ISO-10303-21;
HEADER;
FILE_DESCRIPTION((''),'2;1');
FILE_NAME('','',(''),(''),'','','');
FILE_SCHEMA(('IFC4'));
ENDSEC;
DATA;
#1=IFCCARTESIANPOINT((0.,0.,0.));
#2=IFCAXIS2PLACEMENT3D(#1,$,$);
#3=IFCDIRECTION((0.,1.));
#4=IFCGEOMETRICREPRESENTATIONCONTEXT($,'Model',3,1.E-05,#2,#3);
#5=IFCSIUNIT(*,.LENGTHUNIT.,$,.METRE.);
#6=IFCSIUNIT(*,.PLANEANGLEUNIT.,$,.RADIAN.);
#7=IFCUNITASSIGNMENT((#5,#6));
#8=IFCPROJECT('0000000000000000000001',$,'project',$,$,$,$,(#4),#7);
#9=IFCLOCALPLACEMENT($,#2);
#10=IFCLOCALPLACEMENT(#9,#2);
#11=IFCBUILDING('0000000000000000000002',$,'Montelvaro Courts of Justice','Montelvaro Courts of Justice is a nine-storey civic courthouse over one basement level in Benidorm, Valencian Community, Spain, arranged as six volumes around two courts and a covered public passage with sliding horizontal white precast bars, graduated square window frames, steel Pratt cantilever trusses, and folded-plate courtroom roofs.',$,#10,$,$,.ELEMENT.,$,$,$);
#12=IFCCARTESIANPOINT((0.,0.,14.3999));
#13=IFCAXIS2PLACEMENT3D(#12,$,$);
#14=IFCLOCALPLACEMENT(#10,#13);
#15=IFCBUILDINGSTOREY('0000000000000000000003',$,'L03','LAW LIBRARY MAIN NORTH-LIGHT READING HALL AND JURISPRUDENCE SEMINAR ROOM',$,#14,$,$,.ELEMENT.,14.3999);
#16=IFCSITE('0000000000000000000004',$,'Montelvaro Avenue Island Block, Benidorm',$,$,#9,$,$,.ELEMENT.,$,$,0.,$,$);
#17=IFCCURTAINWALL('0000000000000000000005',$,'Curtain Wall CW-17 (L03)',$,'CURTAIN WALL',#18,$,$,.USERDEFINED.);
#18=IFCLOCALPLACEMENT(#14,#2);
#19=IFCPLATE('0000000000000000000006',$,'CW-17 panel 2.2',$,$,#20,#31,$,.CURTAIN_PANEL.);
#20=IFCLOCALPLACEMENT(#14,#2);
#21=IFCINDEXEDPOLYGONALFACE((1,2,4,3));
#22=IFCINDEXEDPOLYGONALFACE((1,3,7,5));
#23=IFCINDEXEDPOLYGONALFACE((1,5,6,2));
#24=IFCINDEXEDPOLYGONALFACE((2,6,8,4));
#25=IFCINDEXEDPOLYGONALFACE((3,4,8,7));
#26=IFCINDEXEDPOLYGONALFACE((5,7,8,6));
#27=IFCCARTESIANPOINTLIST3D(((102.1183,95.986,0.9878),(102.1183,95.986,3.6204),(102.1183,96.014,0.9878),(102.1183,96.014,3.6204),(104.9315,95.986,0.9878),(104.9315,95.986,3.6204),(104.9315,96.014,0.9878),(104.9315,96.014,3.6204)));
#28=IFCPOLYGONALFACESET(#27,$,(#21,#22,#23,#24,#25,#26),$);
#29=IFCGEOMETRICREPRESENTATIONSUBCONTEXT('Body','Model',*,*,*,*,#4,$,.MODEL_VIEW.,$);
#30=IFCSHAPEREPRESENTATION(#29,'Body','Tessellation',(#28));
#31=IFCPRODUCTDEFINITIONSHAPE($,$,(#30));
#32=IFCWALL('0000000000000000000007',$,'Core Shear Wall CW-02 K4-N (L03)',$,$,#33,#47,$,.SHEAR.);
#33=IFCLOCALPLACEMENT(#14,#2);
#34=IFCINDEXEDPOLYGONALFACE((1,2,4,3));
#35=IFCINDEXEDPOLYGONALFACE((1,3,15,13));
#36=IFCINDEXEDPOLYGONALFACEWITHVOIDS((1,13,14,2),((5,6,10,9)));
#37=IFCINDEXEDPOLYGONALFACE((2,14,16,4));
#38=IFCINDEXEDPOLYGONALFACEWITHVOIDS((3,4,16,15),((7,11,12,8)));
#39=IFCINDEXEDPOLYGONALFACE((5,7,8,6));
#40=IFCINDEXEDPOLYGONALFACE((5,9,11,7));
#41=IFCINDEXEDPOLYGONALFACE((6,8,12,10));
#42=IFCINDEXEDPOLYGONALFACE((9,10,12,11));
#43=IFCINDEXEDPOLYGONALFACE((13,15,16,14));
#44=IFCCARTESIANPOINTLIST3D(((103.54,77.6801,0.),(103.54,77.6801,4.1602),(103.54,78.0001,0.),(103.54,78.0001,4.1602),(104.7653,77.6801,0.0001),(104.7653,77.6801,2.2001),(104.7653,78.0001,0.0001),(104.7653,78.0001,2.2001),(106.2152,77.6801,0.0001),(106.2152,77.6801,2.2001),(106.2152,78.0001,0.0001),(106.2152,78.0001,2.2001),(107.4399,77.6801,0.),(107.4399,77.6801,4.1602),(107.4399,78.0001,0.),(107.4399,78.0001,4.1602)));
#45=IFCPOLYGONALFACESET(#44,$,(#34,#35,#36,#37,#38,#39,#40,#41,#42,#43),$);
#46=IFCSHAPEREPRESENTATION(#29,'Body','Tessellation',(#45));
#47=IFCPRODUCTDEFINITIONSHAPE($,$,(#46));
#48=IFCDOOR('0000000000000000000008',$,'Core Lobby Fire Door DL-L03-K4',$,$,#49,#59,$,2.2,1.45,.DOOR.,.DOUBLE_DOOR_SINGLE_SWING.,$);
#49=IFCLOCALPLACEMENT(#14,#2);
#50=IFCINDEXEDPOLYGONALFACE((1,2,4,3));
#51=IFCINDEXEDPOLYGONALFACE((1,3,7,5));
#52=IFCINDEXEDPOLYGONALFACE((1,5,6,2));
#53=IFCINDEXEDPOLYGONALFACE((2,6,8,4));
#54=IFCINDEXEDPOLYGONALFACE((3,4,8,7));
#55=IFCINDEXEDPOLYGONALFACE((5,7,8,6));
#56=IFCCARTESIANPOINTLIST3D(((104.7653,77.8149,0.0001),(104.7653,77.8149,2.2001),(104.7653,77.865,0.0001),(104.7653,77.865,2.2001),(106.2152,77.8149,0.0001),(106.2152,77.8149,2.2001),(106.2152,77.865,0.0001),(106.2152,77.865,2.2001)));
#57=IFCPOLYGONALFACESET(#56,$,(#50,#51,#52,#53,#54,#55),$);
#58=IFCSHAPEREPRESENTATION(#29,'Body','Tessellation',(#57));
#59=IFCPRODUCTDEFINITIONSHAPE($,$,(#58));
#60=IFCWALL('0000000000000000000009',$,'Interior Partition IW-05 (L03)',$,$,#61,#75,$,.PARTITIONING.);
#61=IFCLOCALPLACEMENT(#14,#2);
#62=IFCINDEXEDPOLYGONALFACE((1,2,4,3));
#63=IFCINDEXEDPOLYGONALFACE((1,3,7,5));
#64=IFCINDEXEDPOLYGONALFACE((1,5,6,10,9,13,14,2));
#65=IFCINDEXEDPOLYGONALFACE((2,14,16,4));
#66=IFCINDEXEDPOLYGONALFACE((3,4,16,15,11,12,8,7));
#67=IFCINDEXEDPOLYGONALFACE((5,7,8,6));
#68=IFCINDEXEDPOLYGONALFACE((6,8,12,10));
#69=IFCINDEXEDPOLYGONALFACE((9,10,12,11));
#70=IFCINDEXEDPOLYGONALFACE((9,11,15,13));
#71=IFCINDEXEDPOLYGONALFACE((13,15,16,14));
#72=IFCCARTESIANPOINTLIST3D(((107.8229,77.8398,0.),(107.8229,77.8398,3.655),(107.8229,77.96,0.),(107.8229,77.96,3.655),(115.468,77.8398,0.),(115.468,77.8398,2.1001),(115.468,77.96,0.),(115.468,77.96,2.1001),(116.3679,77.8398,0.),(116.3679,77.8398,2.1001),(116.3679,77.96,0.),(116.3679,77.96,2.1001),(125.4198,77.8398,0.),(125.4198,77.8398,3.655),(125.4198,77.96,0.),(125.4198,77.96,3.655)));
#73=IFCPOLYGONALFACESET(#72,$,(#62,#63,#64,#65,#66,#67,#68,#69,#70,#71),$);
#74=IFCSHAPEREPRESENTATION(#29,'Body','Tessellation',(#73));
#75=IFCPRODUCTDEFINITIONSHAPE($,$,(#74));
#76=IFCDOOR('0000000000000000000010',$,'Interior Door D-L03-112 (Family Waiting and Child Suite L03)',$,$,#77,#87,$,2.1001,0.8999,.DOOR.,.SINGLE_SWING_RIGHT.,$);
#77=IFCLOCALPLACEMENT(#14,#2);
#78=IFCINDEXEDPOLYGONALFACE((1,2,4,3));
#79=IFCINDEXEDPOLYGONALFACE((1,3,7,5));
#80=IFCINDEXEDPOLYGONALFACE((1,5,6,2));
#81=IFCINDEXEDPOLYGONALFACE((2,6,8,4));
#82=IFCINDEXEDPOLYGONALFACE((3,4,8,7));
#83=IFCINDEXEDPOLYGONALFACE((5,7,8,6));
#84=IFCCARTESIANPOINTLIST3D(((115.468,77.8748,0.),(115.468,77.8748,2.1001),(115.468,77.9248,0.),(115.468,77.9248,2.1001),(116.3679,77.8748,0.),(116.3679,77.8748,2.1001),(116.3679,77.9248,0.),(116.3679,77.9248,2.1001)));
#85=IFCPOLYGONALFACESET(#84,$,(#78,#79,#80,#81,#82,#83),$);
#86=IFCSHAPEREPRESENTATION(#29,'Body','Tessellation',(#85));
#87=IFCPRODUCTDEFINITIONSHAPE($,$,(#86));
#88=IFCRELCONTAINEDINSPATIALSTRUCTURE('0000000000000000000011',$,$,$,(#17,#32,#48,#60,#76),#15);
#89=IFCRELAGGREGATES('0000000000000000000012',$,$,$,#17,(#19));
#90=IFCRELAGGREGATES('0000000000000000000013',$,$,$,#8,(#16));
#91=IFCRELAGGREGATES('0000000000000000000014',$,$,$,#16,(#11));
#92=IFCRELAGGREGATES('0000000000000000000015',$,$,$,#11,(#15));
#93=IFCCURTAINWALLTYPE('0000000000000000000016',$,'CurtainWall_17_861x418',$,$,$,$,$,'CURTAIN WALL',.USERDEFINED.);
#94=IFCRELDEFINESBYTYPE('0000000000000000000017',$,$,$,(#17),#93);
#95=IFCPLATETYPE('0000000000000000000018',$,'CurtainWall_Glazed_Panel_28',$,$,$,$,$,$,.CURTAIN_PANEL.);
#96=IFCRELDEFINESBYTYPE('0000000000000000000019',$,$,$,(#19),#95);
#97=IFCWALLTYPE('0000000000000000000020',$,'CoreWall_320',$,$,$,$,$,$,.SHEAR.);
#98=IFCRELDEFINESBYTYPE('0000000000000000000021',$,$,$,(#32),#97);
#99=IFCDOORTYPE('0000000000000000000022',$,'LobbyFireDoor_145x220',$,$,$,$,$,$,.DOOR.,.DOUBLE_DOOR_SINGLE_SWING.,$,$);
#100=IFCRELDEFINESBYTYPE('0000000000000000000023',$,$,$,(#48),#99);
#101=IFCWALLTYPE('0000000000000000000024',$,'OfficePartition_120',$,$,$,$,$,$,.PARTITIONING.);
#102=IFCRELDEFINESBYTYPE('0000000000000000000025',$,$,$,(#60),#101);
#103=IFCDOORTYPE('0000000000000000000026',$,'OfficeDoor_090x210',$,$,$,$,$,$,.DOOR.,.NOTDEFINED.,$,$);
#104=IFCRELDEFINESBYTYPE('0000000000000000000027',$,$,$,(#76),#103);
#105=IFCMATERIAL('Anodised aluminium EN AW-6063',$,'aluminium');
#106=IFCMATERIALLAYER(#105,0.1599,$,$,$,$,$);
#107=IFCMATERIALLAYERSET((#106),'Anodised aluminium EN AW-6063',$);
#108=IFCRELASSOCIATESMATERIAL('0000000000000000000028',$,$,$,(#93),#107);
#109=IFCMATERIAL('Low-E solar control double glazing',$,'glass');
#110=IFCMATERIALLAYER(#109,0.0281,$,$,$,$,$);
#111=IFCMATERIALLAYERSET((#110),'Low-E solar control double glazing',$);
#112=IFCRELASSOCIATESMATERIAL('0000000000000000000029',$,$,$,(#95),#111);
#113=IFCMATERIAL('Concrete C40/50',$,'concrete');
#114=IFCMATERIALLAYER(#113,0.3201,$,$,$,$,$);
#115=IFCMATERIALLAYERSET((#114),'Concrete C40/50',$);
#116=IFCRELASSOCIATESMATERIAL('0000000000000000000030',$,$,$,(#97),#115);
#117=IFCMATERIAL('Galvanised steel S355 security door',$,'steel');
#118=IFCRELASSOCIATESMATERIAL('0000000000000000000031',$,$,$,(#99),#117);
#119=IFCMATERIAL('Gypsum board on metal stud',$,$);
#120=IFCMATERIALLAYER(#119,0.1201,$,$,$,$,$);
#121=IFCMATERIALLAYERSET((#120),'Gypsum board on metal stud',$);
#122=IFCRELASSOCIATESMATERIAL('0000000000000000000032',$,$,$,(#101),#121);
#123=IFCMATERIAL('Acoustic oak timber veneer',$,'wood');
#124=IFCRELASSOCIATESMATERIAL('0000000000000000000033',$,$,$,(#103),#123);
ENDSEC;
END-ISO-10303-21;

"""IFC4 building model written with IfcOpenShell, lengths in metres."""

from ifc_helpers import new_model, si_unit, direction, frame, frame_2d, origin, origin_2d, place, context, subcontext, project, spatial, rectangle, extrude, material, layer, layer_set, type_object, element, fill, aggregate, save


model = new_model("IFC4")

# Units and contexts
model_context = context("Model", 3, precision=1e-05, world=origin(), true_north=direction((0.0, 1.0)))
body_context = subcontext(model_context, "Body", "Model", "MODEL_VIEW")
ifc_project = project(units=[si_unit("LENGTHUNIT", "METRE"), si_unit("PLANEANGLEUNIT", "RADIAN")], contexts=[model_context])

# Site, building, storey
site_placement = place(None, origin())
site = spatial("IfcSite", under=ifc_project, at=site_placement, Name="Montelvaro Avenue Island Block, Benidorm", CompositionType="ELEMENT", RefElevation=0.0)
building_placement = place(site_placement, origin())
building = spatial("IfcBuilding", under=site, at=building_placement, Name="Montelvaro Courts of Justice", Description="Montelvaro Courts of Justice is a nine-storey civic courthouse over one basement level in Benidorm, Valencian Community, Spain, arranged as six volumes around two courts and a covered public passage with sliding horizontal white precast bars, graduated square window frames, steel Pratt cantilever trusses, and folded-plate courtroom roofs.", CompositionType="ELEMENT")
storey_placement = place(building_placement, frame((0.0, 0.0, 14.3999)))
storey = spatial("IfcBuildingStorey", under=building, at=storey_placement, Name="L03", Description="LAW LIBRARY MAIN NORTH-LIGHT READING HALL AND JURISPRUDENCE SEMINAR ROOM", CompositionType="ELEMENT", Elevation=14.3999)

# Curtain wall
ifc_material_1 = material(Name="Anodised aluminium EN AW-6063", Category="aluminium")
ifc_layer_1 = layer(ifc_material_1, 0.1599)
ifc_layer_set_1 = layer_set([ifc_layer_1], Name="Anodised aluminium EN AW-6063")
curtain_wall_type_1 = type_object("IfcCurtainWallType", Name="CurtainWall_17_861x418", ElementType="CURTAIN WALL", PredefinedType="USERDEFINED", material=ifc_layer_set_1)
curtain_wall_1_placement = place(storey_placement, origin())
curtain_wall_1 = element("IfcCurtainWall", 1, at=curtain_wall_1_placement, inside=storey, type_object=curtain_wall_type_1, Name="Curtain Wall CW-17 (L03)", ObjectType="CURTAIN WALL", PredefinedType="USERDEFINED")

# Plate
ifc_material_2 = material(Name="Low-E solar control double glazing", Category="glass")
ifc_layer_2 = layer(ifc_material_2, 0.0281)
ifc_layer_set_2 = layer_set([ifc_layer_2], Name="Low-E solar control double glazing")
plate_type = type_object("IfcPlateType", Name="CurtainWall_Glazed_Panel_28", PredefinedType="CURTAIN_PANEL", material=ifc_layer_set_2)
plate_1_placement = place(storey_placement, frame((103.5249, 96.0, 0.9878), z_axis=(0.0, 0.0, 1.0), x_axis=(-1.0, 0.0, 0.0)))
plate_1 = element("IfcPlate", 2, at=plate_1_placement, type_object=plate_type, Name="CW-17 panel 2.2", PredefinedType="CURTAIN_PANEL", context=body_context, shape_type="SweptSolid", body=[
    extrude(rectangle(XDim=2.8132, YDim=0.0281, at=origin_2d()), origin(), (0.0, 0.0, 1.0), 2.6326),
])
aggregate(curtain_wall_1, [plate_1])

# Walls, openings, doors
ifc_material_3 = material(Name="Concrete C40/50", Category="concrete")
ifc_layer_3 = layer(ifc_material_3, 0.3201)
ifc_layer_set_3 = layer_set([ifc_layer_3], Name="Concrete C40/50")
wall_type_1 = type_object("IfcWallType", Name="CoreWall_320", PredefinedType="SHEAR", material=ifc_layer_set_3)
wall_1_placement = place(storey_placement, frame((103.54, 77.8401, 0.0), z_axis=(0.0, 0.0, 1.0), x_axis=(1.0, 0.0, 0.0)))
wall_1 = element("IfcWall", 3, at=wall_1_placement, inside=storey, type_object=wall_type_1, Name="Core Shear Wall CW-02 K4-N (L03)", PredefinedType="SHEAR", context=body_context, shape_type="SweptSolid", body=[
    extrude(rectangle(XDim=3.8999, YDim=0.3201, at=frame_2d((1.95, 0.0))), origin(), (0.0, 0.0, 1.0), 4.1602),
])
opening_1_placement = place(wall_1_placement, frame((1.2251, 0.0, 0.0)))
opening_1 = element("IfcOpeningElement", 4, at=opening_1_placement, cuts=wall_1, PredefinedType="OPENING", context=body_context, shape_type="SweptSolid", body=[
    extrude(rectangle(XDim=1.45, YDim=2.2, at=frame_2d((0.7251, 1.1001))), frame((0.0, 0.1748, 0.0), z_axis=(0.0, -1.0, 0.0), x_axis=(1.0, 0.0, 0.0)), (0.0, 0.0, 1.0), 0.3499),
])
ifc_material_4 = material(Name="Galvanised steel S355 security door", Category="steel")
door_type_1 = type_object("IfcDoorType", Name="LobbyFireDoor_145x220", OperationType="DOUBLE_DOOR_SINGLE_SWING", PredefinedType="DOOR", material=ifc_material_4)
door_1_placement = place(opening_1_placement, origin())
door_1 = element("IfcDoor", 5, at=door_1_placement, inside=storey, type_object=door_type_1, Name="Core Lobby Fire Door DL-L03-K4", OperationType="DOUBLE_DOOR_SINGLE_SWING", OverallHeight=2.2, OverallWidth=1.45, PredefinedType="DOOR", context=body_context, shape_type="SweptSolid", body=[
    extrude(rectangle(XDim=1.45, YDim=2.2, at=frame_2d((0.7251, 1.1001))), frame((0.0, 0.0249, 0.0), z_axis=(0.0, -1.0, 0.0), x_axis=(1.0, 0.0, 0.0)), (0.0, 0.0, 1.0), 0.05),
])
fill(opening_1, door_1)
ifc_material_5 = material(Name="Gypsum board on metal stud")
ifc_layer_4 = layer(ifc_material_5, 0.1201)
ifc_layer_set_4 = layer_set([ifc_layer_4], Name="Gypsum board on metal stud")
wall_type_2 = type_object("IfcWallType", Name="OfficePartition_120", PredefinedType="PARTITIONING", material=ifc_layer_set_4)
wall_2_placement = place(storey_placement, frame((107.823, 77.8999, 0.0), z_axis=(0.0, 0.0, 1.0), x_axis=(1.0, 0.0, 0.0)))
wall_2 = element("IfcWall", 6, at=wall_2_placement, inside=storey, type_object=wall_type_2, Name="Interior Partition IW-05 (L03)", PredefinedType="PARTITIONING", context=body_context, shape_type="SweptSolid", body=[
    extrude(rectangle(XDim=17.5969, YDim=0.1201, at=frame_2d((8.7983, 0.0))), origin(), (0.0, 0.0, 1.0), 3.655),
])
opening_2_placement = place(wall_2_placement, frame((7.645, 0.0, 0.0)))
opening_2 = element("IfcOpeningElement", 7, at=opening_2_placement, cuts=wall_2, PredefinedType="OPENING", context=body_context, shape_type="SweptSolid", body=[
    extrude(rectangle(XDim=0.8999, YDim=2.1001, at=frame_2d((0.45, 1.05))), frame((0.0, 0.075, 0.0), z_axis=(0.0, -1.0, 0.0), x_axis=(1.0, 0.0, 0.0)), (0.0, 0.0, 1.0), 0.1499),
])
ifc_material_6 = material(Name="Acoustic oak timber veneer", Category="wood")
door_type_2 = type_object("IfcDoorType", Name="OfficeDoor_090x210", OperationType="NOTDEFINED", PredefinedType="DOOR", material=ifc_material_6)
door_2_placement = place(opening_2_placement, origin())
door_2 = element("IfcDoor", 8, at=door_2_placement, inside=storey, type_object=door_type_2, Name="Interior Door D-L03-112 (Family Waiting and Child Suite L03)", OperationType="SINGLE_SWING_RIGHT", OverallHeight=2.1001, OverallWidth=0.8999, PredefinedType="DOOR", context=body_context, shape_type="SweptSolid", body=[
    extrude(rectangle(XDim=0.8999, YDim=2.1001, at=frame_2d((0.45, 1.05))), frame((0.0, 0.0249, 0.0), z_axis=(0.0, -1.0, 0.0), x_axis=(1.0, 0.0, 0.0)), (0.0, 0.0, 1.0), 0.05),
])
fill(opening_2, door_2)

save(model, "model.ifc")
